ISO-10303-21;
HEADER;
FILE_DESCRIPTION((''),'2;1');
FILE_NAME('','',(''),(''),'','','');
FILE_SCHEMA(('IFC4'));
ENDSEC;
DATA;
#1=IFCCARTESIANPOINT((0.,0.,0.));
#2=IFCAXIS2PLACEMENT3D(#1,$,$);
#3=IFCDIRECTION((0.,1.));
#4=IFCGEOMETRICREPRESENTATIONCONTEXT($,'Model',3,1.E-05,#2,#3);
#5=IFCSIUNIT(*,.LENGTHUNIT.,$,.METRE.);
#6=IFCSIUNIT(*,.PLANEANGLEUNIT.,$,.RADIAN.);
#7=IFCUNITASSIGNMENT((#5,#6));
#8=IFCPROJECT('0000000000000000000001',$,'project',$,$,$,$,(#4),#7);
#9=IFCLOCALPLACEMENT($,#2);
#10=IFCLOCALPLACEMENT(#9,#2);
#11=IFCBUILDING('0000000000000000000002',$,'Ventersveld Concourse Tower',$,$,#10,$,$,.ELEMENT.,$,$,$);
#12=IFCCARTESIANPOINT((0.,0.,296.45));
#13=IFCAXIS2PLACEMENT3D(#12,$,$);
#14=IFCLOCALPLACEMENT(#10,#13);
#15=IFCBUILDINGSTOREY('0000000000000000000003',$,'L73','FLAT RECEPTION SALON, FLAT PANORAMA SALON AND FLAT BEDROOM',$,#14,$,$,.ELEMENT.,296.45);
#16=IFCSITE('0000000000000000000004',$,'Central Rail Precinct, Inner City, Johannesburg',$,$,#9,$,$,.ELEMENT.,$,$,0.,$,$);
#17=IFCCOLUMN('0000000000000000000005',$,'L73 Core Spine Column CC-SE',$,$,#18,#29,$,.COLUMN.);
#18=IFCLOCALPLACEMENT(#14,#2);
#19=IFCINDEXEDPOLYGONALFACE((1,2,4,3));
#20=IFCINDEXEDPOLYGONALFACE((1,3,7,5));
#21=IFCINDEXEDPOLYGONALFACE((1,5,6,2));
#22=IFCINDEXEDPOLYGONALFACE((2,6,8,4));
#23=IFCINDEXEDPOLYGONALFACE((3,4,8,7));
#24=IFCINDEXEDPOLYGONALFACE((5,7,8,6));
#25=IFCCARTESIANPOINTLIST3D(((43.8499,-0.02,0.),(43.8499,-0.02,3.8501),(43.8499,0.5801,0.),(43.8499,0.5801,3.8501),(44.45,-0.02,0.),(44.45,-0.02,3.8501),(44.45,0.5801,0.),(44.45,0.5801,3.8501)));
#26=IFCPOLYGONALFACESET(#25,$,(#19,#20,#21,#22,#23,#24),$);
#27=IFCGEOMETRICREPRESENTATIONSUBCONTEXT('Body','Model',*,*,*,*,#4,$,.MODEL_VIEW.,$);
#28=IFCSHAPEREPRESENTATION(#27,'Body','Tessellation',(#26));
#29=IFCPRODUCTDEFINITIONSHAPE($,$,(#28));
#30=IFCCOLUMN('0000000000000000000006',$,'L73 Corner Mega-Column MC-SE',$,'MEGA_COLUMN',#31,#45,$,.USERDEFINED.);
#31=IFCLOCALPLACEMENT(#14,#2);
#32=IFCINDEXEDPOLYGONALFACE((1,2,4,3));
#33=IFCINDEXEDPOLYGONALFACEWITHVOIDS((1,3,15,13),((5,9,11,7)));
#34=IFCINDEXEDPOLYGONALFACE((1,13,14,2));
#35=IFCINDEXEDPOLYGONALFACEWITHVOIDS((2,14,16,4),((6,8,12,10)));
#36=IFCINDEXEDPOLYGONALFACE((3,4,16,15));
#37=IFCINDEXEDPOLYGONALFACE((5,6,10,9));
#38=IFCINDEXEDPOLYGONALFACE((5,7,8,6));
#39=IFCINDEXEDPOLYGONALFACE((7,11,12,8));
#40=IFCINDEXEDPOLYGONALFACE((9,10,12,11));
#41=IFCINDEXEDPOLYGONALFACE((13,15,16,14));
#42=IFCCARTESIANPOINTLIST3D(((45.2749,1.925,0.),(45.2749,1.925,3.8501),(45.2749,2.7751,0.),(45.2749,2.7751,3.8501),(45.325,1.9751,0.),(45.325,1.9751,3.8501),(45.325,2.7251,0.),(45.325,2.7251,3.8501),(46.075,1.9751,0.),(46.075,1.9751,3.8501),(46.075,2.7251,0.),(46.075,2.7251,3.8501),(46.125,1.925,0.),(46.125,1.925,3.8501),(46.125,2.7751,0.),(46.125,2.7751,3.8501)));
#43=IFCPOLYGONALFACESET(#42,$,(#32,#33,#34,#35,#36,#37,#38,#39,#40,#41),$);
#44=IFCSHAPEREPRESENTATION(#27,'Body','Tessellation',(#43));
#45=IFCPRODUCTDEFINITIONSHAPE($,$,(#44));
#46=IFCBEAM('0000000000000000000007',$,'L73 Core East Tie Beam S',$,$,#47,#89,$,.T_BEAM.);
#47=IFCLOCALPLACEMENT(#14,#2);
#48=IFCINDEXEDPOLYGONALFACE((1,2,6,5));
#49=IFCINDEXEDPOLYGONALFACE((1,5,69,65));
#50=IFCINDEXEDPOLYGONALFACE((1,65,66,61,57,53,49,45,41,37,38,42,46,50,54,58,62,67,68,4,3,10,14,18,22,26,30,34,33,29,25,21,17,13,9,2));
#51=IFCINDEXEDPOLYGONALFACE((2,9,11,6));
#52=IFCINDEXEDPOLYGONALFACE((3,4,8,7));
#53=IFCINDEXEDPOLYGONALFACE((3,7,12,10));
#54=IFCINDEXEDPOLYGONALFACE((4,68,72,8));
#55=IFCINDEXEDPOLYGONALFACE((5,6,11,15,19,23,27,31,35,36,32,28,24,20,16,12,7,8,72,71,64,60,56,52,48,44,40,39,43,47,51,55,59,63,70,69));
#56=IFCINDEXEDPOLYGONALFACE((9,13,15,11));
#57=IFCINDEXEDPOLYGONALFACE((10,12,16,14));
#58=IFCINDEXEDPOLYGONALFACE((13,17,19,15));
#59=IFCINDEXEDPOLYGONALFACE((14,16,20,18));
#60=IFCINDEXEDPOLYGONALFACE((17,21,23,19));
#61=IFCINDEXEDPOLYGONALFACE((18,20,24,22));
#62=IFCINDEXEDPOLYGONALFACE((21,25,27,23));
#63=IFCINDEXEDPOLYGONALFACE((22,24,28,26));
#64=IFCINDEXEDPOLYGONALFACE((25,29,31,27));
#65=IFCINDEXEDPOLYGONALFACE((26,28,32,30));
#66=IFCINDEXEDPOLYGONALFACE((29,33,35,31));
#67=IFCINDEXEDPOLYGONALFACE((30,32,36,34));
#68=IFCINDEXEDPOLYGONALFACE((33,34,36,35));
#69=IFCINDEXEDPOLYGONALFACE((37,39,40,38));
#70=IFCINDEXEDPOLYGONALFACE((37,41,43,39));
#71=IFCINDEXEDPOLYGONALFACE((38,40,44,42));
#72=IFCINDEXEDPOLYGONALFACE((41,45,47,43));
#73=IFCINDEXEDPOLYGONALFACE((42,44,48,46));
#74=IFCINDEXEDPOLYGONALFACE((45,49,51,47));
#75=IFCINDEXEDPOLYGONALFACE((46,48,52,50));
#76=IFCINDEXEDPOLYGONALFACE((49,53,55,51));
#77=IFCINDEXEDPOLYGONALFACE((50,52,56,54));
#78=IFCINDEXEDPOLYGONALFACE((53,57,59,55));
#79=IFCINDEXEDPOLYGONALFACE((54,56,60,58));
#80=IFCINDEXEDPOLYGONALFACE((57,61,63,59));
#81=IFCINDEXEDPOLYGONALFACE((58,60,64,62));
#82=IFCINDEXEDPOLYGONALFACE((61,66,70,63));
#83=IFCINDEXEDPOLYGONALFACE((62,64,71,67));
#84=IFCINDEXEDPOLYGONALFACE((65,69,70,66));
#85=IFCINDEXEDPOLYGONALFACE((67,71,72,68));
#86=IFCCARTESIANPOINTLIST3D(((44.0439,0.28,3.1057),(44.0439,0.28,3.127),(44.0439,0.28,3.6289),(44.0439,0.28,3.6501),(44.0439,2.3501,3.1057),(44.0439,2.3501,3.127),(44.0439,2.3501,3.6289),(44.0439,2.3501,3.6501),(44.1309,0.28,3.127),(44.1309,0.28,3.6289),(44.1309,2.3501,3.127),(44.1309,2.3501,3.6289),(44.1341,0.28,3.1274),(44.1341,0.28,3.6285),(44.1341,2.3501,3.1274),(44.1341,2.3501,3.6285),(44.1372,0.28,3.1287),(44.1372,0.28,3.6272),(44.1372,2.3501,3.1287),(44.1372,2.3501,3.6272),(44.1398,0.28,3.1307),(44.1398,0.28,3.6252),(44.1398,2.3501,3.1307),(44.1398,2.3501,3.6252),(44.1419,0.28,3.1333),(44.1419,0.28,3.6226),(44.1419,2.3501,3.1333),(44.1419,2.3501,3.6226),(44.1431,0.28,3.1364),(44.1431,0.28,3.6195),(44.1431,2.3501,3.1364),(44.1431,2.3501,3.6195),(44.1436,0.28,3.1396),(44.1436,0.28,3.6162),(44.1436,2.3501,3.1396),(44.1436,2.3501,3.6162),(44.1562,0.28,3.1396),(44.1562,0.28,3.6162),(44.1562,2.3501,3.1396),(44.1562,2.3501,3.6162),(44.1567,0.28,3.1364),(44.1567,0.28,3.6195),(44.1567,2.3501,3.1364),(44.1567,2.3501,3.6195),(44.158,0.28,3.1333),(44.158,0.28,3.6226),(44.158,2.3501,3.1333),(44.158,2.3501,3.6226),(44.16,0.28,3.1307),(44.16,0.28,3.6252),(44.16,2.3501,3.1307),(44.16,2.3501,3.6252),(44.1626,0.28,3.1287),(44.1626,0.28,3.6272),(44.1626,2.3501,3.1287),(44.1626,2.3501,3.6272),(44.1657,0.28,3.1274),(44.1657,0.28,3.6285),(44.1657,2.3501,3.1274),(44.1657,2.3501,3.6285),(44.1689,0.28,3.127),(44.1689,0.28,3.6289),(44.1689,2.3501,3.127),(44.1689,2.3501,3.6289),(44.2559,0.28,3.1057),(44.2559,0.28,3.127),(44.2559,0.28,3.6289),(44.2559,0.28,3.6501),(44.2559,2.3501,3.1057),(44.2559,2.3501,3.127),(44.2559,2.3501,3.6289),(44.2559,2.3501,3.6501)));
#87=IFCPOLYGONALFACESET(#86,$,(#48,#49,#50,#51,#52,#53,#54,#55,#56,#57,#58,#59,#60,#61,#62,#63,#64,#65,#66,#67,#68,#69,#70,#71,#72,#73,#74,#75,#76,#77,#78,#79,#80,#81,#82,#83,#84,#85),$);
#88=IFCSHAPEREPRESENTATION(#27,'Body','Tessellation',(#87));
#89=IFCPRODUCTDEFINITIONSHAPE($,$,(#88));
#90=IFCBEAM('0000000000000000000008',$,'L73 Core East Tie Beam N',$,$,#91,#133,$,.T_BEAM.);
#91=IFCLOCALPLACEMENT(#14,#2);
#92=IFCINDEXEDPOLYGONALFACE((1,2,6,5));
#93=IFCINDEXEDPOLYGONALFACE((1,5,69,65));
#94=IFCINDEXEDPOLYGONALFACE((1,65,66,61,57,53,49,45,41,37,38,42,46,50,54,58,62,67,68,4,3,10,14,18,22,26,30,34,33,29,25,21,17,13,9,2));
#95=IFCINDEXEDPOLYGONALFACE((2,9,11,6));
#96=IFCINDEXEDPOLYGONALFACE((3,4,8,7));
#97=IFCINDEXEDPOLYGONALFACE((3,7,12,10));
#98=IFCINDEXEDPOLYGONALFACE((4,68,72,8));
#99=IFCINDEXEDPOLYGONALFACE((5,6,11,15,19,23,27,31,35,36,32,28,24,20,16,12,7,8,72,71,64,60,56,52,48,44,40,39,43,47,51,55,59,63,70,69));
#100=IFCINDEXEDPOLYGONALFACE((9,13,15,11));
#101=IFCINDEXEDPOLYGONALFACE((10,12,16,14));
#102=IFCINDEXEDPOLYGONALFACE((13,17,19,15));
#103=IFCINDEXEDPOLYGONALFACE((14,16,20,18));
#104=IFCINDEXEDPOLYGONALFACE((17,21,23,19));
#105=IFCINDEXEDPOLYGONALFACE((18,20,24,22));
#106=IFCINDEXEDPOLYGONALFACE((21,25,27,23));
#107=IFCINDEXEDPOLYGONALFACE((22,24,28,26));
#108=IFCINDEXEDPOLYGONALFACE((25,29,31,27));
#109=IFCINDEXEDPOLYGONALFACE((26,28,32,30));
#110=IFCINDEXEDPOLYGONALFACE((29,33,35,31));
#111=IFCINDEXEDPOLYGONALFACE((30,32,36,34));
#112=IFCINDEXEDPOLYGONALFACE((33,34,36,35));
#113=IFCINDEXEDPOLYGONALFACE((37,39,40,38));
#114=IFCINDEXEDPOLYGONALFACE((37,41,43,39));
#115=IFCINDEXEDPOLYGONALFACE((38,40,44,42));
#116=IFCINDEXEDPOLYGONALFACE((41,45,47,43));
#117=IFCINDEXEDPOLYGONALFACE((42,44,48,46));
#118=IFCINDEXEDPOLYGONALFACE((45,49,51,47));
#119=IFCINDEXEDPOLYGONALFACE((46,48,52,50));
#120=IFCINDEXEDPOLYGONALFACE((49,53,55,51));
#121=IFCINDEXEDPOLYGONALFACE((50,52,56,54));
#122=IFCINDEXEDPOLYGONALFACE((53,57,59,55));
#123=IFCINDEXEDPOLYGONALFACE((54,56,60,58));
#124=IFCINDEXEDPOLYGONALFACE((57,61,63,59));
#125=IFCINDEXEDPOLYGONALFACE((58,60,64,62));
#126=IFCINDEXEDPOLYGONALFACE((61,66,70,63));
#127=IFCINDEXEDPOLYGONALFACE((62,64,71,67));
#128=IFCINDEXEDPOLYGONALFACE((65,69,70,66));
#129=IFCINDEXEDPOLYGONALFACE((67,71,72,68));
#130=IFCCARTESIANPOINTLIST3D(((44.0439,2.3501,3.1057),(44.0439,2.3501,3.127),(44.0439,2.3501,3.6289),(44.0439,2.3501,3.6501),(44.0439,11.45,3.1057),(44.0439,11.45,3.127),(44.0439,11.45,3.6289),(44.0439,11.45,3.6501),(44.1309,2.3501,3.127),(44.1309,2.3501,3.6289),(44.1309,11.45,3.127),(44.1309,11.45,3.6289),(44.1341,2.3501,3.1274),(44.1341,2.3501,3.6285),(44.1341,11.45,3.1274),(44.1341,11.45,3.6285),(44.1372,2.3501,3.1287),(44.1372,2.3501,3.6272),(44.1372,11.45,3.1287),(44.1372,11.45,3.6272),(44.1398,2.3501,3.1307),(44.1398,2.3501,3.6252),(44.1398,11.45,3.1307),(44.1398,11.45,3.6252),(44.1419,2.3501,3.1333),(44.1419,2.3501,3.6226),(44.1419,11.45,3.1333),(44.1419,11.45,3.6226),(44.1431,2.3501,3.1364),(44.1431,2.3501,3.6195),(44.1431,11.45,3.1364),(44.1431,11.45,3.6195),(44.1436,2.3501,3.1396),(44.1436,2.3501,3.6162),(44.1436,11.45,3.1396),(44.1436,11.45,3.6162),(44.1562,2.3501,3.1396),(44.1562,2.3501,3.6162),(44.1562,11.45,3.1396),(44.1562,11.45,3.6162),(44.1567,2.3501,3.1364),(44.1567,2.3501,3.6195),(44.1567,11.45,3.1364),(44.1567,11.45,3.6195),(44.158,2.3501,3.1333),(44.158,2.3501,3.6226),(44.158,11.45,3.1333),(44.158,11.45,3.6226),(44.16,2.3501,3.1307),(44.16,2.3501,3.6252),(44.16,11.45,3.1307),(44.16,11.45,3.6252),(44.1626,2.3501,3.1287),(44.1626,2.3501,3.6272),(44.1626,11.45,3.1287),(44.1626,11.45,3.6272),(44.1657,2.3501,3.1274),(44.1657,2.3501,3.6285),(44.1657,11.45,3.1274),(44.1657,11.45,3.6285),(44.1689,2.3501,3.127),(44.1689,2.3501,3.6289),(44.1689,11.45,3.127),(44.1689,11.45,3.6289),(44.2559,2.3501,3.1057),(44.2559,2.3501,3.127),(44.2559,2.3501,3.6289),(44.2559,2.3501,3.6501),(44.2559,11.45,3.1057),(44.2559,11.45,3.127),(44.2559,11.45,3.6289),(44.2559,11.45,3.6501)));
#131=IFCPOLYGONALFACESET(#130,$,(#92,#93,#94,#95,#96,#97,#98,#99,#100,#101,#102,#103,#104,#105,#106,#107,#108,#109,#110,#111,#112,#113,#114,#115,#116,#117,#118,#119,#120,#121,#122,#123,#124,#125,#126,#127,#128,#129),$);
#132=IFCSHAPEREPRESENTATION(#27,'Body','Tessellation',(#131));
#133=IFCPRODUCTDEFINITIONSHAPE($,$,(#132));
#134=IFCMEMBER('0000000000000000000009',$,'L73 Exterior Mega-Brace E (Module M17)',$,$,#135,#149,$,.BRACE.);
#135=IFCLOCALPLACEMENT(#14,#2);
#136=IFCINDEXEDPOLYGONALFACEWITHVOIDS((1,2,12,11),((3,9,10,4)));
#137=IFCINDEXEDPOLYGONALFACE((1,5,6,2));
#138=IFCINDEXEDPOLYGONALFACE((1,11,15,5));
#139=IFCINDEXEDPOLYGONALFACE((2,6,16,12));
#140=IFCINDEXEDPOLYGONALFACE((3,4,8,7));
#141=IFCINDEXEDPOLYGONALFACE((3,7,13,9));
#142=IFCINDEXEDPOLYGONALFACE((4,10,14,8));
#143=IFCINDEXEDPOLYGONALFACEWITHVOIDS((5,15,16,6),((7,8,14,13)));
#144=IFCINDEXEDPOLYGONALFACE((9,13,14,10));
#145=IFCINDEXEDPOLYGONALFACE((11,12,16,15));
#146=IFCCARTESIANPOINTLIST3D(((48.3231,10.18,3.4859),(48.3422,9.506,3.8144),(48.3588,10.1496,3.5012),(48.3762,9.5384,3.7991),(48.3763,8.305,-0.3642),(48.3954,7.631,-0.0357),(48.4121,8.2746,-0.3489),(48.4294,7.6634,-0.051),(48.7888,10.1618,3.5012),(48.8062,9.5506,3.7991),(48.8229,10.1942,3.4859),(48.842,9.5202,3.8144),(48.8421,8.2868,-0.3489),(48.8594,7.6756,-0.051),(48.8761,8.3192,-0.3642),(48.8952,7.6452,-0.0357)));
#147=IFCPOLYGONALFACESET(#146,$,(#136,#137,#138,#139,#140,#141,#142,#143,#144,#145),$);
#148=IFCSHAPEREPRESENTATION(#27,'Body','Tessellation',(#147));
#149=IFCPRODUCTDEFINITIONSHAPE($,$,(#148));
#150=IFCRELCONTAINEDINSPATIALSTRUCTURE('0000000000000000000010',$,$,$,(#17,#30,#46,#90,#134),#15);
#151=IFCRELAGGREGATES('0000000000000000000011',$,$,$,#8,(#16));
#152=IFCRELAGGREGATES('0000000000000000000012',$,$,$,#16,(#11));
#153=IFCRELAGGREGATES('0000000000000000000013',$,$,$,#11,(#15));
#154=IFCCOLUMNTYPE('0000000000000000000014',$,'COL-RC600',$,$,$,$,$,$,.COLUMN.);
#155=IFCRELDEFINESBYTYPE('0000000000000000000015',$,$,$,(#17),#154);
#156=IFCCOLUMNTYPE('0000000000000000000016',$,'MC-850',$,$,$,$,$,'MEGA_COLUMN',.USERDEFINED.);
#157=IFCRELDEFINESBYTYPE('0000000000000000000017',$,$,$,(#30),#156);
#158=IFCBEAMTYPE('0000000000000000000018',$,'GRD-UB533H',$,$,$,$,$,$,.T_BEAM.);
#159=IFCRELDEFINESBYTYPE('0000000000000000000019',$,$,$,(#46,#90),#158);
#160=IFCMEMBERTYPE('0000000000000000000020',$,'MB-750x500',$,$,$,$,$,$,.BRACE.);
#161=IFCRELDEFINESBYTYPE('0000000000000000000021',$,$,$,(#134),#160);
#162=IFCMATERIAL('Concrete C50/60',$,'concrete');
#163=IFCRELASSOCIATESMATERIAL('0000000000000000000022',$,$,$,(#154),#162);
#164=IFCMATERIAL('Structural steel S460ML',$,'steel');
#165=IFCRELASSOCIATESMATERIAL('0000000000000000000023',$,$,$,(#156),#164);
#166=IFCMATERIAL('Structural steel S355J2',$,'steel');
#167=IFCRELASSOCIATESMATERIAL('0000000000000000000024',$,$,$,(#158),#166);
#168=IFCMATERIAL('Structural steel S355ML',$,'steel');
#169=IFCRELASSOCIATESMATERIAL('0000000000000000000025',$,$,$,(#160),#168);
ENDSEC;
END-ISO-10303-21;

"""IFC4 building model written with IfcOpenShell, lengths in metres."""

from ifc_helpers import new_model, si_unit, direction, frame, origin, origin_2d, place, context, subcontext, project, spatial, rectangle, hollow_rectangle, i_section, extrude, material, material_profile, profile_set, type_object, element, save


model = new_model("IFC4")

# Units and contexts
model_context = context("Model", 3, precision=1e-05, world=origin(), true_north=direction((0.0, 1.0)))
body_context = subcontext(model_context, "Body", "Model", "MODEL_VIEW")
ifc_project = project(units=[si_unit("LENGTHUNIT", "METRE"), si_unit("PLANEANGLEUNIT", "RADIAN")], contexts=[model_context])

# Site, building, storey
site_placement = place(None, origin())
site = spatial("IfcSite", under=ifc_project, at=site_placement, Name="Central Rail Precinct, Inner City, Johannesburg", CompositionType="ELEMENT", RefElevation=0.0)
building_placement = place(site_placement, origin())
building = spatial("IfcBuilding", under=site, at=building_placement, Name="Ventersveld Concourse Tower", CompositionType="ELEMENT")
storey_placement = place(building_placement, frame((0.0, 0.0, 296.45)))
storey = spatial("IfcBuildingStorey", under=building, at=storey_placement, Name="L73", Description="FLAT RECEPTION SALON, FLAT PANORAMA SALON AND FLAT BEDROOM", CompositionType="ELEMENT", Elevation=296.45)

# Columns
ifc_material_1 = material(Name="Concrete C50/60", Category="concrete")
ifc_material_profile_1 = material_profile(ifc_material_1, rectangle(XDim=0.6001, YDim=0.6001, at=origin_2d()), Name="RC 600x600")
ifc_profile_set_1 = profile_set([ifc_material_profile_1], Name="Concrete C50/60")
column_type_1 = type_object("IfcColumnType", Name="COL-RC600", PredefinedType="COLUMN", material=ifc_profile_set_1)
column_1_placement = place(storey_placement, frame((44.1499, 0.28, 0.0), z_axis=(0.0, 0.0, 1.0), x_axis=(1.0, 0.0, 0.0)))
element("IfcColumn", 1, at=column_1_placement, inside=storey, type_object=column_type_1, Name="L73 Core Spine Column CC-SE", PredefinedType="COLUMN", context=body_context, shape_type="SweptSolid", body=[
    extrude(rectangle(XDim=0.6001, YDim=0.6001, at=origin_2d()), origin(), (0.0, 0.0, 1.0), 3.8501),
])
ifc_material_2 = material(Name="Structural steel S460ML", Category="steel")
ifc_material_profile_2 = material_profile(ifc_material_2, hollow_rectangle(XDim=0.8501, YDim=0.8501, WallThickness=0.05, at=origin_2d()), Name="BOX 850x850x50")
ifc_profile_set_2 = profile_set([ifc_material_profile_2], Name="Structural steel S460ML")
column_type_2 = type_object("IfcColumnType", Name="MC-850", ElementType="MEGA_COLUMN", PredefinedType="USERDEFINED", material=ifc_profile_set_2)
column_2_placement = place(storey_placement, frame((45.7, 2.3501, 0.0), z_axis=(0.0, 0.0, 1.0), x_axis=(1.0, 0.0, 0.0)))
element("IfcColumn", 2, at=column_2_placement, inside=storey, type_object=column_type_2, Name="L73 Corner Mega-Column MC-SE", ObjectType="MEGA_COLUMN", PredefinedType="USERDEFINED", context=body_context, shape_type="SweptSolid", body=[
    extrude(hollow_rectangle(XDim=0.8501, YDim=0.8501, WallThickness=0.05, at=origin_2d()), origin(), (0.0, 0.0, 1.0), 3.8501),
])

# Beams
ifc_material_3 = material(Name="Structural steel S355J2", Category="steel")
ifc_material_profile_3 = material_profile(ifc_material_3, i_section(OverallWidth=0.2119, OverallDepth=0.5444, WebThickness=0.0127, FlangeThickness=0.0212, FilletRadius=0.0127, at=origin_2d()), Name="UB 533x210x122")
ifc_profile_set_3 = profile_set([ifc_material_profile_3], Name="Structural steel S355J2")
beam_type_1 = type_object("IfcBeamType", Name="GRD-UB533H", PredefinedType="T_BEAM", material=ifc_profile_set_3)
beam_1_placement = place(storey_placement, frame((44.1499, 0.28, 3.3779), z_axis=(0.0, 1.0, 0.0), x_axis=(-1.0, 0.0, 0.0)))
element("IfcBeam", 3, at=beam_1_placement, inside=storey, type_object=beam_type_1, Name="L73 Core East Tie Beam S", PredefinedType="T_BEAM", context=body_context, shape_type="SweptSolid", body=[
    extrude(i_section(OverallWidth=0.2119, OverallDepth=0.5444, WebThickness=0.0127, FlangeThickness=0.0212, FilletRadius=0.0127, at=origin_2d()), origin(), (0.0, 0.0, 1.0), 2.0701),
])
beam_2_placement = place(storey_placement, frame((44.1499, 2.3501, 3.3779), z_axis=(0.0, 1.0, 0.0), x_axis=(-1.0, 0.0, 0.0)))
element("IfcBeam", 4, at=beam_2_placement, inside=storey, type_object=beam_type_1, Name="L73 Core East Tie Beam N", PredefinedType="T_BEAM", context=body_context, shape_type="SweptSolid", body=[
    extrude(i_section(OverallWidth=0.2119, OverallDepth=0.5444, WebThickness=0.0127, FlangeThickness=0.0212, FilletRadius=0.0127, at=origin_2d()), origin(), (0.0, 0.0, 1.0), 9.0999),
])

# Member
ifc_material_4 = material(Name="Structural steel S355ML", Category="steel")
ifc_material_profile_4 = material_profile(ifc_material_4, hollow_rectangle(XDim=0.5, YDim=0.75, WallThickness=0.0349, at=origin_2d()), Name="BOX 750x500x35")
ifc_profile_set_4 = profile_set([ifc_material_profile_4], Name="Structural steel S355ML")
member_type = type_object("IfcMemberType", Name="MB-750x500", PredefinedType="BRACE", material=ifc_profile_set_4)
member_placement = place(storey_placement, frame((48.6357, 7.9751, -0.2), z_axis=(-0.012427, 0.437806, 0.898984), x_axis=(-0.999597, -0.028374, 0.0)))
element("IfcMember", 5, at=member_placement, inside=storey, type_object=member_type, Name="L73 Exterior Mega-Brace E (Module M17)", PredefinedType="BRACE", context=body_context, shape_type="SweptSolid", body=[
    extrude(hollow_rectangle(XDim=0.5, YDim=0.75, WallThickness=0.0349, at=origin_2d()), origin(), (0.0, 0.0, 1.0), 4.2827),
])

save(model, "model.ifc")
